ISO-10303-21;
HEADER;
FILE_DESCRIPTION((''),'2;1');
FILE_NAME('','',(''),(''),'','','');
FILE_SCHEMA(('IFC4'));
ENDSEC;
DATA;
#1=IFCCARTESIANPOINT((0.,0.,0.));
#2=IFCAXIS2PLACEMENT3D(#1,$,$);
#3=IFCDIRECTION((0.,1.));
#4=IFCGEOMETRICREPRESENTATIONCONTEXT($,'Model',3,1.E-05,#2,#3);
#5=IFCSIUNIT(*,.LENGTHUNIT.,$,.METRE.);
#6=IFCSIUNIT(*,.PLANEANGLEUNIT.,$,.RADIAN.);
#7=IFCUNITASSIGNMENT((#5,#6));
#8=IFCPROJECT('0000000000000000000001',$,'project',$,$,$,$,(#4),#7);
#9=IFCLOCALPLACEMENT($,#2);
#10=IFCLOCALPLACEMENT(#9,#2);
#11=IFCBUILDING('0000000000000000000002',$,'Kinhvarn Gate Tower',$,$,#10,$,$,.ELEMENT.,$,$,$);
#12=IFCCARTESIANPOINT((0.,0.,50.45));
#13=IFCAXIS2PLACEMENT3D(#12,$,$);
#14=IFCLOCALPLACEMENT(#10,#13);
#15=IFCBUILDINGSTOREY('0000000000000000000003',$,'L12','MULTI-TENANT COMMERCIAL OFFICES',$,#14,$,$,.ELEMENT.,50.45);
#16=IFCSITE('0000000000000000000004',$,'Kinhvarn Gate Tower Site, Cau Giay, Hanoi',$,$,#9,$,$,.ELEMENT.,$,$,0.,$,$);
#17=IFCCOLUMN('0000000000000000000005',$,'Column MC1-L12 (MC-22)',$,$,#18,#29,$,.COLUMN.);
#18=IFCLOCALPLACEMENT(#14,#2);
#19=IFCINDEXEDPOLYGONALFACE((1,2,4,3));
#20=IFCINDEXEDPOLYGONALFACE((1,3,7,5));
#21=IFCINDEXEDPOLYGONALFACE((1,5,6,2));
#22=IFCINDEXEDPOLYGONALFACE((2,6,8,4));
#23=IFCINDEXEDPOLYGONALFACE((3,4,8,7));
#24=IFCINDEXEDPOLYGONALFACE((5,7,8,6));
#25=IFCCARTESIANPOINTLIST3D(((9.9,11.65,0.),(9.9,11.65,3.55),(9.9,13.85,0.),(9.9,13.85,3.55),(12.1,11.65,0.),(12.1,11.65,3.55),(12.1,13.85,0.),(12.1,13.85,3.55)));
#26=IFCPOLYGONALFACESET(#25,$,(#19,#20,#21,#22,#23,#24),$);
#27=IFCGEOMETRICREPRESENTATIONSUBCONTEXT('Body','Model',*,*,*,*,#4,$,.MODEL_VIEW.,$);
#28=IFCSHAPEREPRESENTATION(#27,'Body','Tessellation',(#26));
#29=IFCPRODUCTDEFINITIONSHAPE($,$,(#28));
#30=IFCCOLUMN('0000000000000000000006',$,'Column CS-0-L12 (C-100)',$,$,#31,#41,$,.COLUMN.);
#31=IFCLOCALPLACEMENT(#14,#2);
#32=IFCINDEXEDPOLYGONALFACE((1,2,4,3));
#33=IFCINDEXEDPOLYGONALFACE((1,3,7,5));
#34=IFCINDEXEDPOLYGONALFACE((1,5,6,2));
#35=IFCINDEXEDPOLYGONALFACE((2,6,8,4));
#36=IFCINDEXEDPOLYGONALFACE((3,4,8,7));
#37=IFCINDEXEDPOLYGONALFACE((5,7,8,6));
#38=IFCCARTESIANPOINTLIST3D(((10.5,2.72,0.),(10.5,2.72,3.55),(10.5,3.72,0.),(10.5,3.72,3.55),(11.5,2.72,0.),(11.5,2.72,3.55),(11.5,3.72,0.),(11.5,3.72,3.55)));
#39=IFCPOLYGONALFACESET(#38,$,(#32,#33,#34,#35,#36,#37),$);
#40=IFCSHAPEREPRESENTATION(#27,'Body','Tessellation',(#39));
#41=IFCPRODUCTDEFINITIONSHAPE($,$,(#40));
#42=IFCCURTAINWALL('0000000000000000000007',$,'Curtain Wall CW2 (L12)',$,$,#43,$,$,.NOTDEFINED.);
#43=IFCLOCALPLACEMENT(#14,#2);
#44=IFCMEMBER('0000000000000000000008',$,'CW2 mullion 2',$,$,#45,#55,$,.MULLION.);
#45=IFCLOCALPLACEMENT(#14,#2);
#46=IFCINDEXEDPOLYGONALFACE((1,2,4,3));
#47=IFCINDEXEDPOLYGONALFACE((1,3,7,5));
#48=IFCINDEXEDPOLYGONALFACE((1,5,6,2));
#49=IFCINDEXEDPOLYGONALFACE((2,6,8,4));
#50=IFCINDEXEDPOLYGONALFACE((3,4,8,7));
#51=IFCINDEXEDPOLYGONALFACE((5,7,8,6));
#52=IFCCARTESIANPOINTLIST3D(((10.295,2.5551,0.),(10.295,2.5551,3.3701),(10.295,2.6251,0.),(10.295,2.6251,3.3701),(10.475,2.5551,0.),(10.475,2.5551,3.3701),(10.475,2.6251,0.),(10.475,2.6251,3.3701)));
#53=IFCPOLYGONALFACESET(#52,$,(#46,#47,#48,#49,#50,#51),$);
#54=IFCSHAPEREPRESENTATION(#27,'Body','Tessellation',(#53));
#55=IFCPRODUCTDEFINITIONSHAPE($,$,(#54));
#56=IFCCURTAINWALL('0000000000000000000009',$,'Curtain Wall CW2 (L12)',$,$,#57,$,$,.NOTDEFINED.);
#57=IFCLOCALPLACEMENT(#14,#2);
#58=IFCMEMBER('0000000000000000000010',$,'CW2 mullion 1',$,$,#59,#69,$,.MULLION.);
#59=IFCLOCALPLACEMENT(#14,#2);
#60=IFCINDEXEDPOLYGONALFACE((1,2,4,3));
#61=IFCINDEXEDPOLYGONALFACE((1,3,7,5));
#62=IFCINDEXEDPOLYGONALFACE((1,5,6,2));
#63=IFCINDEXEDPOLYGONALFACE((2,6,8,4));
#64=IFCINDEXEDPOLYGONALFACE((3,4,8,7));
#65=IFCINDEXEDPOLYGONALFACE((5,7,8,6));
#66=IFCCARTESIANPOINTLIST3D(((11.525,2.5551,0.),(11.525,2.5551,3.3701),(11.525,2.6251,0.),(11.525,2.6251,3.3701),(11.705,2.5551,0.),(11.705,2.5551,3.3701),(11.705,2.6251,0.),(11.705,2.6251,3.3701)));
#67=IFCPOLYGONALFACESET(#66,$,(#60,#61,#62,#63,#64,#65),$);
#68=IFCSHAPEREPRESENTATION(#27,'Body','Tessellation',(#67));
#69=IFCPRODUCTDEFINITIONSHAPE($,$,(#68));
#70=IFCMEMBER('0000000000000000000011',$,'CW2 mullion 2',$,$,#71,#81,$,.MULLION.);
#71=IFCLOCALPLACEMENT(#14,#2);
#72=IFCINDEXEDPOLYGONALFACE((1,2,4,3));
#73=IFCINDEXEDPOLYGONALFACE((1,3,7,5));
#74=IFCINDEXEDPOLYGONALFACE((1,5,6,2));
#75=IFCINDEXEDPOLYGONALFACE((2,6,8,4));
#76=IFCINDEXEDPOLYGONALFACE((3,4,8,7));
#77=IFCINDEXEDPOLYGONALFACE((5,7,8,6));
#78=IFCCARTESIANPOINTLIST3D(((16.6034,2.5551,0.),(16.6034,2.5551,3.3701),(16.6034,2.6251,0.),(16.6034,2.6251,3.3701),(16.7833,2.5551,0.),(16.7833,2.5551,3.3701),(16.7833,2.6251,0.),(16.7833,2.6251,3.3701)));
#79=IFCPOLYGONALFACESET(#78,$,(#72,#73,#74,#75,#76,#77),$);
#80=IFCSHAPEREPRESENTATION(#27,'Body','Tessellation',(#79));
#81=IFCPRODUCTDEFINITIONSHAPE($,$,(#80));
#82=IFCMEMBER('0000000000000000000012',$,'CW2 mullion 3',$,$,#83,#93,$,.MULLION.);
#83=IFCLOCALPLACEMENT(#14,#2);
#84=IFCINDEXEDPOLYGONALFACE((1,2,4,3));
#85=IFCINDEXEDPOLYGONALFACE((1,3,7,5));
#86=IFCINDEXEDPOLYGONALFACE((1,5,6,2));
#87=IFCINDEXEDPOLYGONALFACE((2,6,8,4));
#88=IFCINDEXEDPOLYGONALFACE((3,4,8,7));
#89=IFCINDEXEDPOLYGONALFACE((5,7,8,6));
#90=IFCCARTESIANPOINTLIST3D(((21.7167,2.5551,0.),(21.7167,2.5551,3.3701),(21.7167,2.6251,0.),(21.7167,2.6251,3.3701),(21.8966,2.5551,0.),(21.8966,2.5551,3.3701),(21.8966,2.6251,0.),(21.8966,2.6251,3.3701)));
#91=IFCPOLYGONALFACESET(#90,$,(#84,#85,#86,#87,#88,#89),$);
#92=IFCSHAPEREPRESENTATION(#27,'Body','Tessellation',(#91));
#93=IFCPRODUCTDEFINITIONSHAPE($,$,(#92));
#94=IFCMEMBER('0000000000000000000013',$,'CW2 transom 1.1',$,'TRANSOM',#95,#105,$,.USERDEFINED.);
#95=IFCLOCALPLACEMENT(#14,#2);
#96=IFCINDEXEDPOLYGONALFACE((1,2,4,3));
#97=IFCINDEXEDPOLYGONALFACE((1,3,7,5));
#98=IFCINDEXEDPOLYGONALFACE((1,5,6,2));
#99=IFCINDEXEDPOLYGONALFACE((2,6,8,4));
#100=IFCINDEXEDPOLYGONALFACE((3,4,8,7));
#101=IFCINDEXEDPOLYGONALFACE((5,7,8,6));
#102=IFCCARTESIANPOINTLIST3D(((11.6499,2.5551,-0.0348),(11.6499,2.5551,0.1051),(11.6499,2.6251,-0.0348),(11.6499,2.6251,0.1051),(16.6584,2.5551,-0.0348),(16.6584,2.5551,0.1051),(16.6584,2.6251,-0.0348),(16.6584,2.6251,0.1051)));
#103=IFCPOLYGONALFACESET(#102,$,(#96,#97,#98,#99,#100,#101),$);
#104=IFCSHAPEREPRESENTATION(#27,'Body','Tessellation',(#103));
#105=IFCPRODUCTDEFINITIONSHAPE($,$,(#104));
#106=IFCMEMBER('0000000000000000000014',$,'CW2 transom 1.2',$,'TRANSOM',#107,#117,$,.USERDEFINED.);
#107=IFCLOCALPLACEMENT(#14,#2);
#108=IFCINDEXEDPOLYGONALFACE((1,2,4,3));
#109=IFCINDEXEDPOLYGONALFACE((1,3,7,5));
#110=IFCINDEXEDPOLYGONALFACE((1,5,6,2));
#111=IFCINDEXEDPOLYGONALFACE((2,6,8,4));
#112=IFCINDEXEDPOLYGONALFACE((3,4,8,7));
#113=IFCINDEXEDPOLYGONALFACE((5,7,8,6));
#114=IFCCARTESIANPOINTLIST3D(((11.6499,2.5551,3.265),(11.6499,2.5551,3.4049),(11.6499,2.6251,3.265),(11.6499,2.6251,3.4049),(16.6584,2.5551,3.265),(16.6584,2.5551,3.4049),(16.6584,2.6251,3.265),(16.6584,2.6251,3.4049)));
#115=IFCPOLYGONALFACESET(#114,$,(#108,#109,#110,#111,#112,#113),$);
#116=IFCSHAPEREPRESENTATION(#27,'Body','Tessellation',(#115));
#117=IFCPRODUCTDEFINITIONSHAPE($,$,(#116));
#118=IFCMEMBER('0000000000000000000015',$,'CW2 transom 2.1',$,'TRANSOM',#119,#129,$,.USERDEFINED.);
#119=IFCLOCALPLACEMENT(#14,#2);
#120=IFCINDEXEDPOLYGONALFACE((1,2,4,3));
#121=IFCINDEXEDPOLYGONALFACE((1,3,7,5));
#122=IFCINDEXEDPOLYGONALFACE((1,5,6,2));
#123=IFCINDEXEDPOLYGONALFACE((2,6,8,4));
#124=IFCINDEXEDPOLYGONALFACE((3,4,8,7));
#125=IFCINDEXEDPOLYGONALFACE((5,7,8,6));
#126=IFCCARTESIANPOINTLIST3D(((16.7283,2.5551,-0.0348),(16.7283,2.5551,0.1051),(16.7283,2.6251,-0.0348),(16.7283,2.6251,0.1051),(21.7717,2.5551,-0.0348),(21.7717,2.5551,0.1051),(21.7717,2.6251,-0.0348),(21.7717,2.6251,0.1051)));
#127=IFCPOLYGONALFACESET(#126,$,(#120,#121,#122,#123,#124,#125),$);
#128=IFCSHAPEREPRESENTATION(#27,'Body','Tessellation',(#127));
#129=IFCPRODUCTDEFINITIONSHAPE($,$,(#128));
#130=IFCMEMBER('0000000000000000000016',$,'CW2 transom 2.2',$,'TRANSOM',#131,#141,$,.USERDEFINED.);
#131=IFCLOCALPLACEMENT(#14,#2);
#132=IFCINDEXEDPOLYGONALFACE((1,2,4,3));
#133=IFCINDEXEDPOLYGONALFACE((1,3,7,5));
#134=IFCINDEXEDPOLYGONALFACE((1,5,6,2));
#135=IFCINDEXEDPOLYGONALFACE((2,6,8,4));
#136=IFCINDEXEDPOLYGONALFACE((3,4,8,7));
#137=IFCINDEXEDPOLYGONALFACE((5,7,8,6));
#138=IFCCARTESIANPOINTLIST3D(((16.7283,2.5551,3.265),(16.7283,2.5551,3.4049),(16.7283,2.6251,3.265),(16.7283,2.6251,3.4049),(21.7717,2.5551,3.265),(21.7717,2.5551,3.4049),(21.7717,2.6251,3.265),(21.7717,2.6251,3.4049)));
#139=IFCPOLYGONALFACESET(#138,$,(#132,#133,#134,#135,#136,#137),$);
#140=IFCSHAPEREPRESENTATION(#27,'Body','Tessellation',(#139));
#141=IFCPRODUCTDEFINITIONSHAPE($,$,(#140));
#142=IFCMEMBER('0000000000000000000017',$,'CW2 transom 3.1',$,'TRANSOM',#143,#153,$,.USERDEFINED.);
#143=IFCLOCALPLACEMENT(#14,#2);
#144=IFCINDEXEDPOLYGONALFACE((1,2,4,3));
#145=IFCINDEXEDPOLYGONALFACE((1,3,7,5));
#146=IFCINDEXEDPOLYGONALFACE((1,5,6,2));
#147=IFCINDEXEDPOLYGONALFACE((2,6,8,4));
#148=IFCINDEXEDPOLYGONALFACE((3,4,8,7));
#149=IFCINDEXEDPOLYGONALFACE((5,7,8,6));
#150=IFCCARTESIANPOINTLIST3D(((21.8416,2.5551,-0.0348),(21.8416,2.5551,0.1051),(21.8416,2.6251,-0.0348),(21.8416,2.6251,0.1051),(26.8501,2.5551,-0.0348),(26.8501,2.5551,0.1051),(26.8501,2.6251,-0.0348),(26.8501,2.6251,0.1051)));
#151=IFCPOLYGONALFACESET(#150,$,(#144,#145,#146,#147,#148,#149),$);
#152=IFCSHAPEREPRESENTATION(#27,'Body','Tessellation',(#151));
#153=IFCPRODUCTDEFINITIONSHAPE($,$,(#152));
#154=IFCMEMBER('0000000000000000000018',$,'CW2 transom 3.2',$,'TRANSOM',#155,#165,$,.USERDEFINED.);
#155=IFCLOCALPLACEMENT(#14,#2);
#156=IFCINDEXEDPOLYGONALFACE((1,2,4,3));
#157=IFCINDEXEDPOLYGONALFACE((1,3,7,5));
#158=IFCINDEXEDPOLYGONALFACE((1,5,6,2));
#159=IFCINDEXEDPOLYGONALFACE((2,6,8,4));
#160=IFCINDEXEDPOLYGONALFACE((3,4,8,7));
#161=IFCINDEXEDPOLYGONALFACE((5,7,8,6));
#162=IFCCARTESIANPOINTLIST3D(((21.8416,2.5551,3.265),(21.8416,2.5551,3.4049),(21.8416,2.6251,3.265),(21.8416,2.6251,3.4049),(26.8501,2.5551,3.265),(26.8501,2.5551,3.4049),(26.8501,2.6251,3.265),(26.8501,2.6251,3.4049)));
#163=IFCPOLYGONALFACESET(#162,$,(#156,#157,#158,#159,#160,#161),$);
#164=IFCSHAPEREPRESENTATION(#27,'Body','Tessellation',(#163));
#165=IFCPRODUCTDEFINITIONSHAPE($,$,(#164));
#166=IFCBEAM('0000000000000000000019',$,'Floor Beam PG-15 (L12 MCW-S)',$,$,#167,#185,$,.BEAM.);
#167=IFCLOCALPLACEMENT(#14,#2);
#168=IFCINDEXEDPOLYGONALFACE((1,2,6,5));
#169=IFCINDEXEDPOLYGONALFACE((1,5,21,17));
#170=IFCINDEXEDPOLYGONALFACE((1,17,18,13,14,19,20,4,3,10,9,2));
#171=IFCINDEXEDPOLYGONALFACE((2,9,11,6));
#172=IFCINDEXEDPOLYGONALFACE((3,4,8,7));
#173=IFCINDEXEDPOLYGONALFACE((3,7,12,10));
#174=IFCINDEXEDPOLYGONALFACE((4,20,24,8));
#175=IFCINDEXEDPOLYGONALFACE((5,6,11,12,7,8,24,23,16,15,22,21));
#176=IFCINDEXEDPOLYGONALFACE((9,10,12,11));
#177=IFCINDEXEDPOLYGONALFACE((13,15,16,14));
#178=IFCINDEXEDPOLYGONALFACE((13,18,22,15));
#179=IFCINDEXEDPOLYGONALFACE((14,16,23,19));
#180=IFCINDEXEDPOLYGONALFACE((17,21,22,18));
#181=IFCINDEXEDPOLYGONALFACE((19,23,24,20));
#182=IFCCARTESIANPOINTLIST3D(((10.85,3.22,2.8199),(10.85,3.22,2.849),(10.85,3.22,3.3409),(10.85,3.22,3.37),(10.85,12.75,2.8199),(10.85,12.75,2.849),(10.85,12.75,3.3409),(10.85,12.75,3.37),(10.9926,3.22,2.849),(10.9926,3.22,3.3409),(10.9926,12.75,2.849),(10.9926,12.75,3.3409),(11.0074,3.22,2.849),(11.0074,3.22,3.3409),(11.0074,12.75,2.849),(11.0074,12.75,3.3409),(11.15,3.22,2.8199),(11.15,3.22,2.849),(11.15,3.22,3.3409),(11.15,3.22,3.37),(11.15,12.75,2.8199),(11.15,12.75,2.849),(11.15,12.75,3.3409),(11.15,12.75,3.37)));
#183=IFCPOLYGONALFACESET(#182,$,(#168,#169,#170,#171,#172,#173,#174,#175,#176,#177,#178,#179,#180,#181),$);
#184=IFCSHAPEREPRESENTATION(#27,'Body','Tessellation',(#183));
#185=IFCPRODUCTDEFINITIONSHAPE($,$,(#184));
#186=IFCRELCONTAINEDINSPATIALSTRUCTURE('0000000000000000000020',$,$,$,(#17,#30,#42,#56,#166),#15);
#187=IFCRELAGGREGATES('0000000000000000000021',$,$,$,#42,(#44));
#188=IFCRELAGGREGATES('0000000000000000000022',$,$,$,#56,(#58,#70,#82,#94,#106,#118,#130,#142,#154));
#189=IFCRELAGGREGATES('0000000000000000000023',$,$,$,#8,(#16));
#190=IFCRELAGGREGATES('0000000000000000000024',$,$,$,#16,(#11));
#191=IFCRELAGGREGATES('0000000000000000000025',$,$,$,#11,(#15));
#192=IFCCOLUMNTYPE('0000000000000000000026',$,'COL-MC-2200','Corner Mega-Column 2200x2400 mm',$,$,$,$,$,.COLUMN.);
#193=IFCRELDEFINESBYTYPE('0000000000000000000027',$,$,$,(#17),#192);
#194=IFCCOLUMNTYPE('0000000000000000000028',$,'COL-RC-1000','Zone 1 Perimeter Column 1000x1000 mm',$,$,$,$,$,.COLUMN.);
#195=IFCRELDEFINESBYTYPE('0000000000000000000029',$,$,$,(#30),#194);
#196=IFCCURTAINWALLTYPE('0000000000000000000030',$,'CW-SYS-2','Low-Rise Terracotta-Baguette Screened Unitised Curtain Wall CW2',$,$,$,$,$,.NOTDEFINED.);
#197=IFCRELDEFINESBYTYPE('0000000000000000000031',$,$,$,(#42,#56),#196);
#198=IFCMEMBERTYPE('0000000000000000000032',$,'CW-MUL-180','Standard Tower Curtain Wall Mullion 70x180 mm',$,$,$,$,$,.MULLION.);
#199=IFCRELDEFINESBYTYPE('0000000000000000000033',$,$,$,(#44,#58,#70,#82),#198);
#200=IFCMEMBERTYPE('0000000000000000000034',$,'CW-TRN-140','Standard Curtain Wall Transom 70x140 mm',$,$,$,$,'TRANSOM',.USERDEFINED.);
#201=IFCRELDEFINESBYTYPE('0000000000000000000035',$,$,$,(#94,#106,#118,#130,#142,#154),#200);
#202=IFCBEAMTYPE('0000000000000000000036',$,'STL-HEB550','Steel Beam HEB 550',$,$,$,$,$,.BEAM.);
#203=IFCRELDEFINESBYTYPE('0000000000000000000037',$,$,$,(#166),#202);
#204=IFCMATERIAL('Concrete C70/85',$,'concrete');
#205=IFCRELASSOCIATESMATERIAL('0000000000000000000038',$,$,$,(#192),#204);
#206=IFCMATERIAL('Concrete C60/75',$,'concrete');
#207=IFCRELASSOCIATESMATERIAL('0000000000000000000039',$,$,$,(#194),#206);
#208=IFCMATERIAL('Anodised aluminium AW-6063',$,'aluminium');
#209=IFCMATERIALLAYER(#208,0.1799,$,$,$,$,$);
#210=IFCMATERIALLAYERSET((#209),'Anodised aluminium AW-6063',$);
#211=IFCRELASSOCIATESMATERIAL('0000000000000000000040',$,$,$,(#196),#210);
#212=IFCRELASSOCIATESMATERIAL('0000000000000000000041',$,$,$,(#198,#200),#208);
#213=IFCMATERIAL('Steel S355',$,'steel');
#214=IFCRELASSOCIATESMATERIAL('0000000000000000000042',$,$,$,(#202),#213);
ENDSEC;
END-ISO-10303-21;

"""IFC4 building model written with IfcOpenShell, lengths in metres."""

from ifc_helpers import new_model, si_unit, direction, frame, origin, origin_2d, place, context, subcontext, project, spatial, rectangle, i_section, extrude, material, layer, layer_set, material_profile, profile_set, type_object, element, aggregate, save


model = new_model("IFC4")

# Units and contexts
model_context = context("Model", 3, precision=1e-05, world=origin(), true_north=direction((0.0, 1.0)))
body_context = subcontext(model_context, "Body", "Model", "MODEL_VIEW")
ifc_project = project(units=[si_unit("LENGTHUNIT", "METRE"), si_unit("PLANEANGLEUNIT", "RADIAN")], contexts=[model_context])

# Site, building, storey
site_placement = place(None, origin())
site = spatial("IfcSite", under=ifc_project, at=site_placement, Name="Kinhvarn Gate Tower Site, Cau Giay, Hanoi", CompositionType="ELEMENT", RefElevation=0.0)
building_placement = place(site_placement, origin())
building = spatial("IfcBuilding", under=site, at=building_placement, Name="Kinhvarn Gate Tower", CompositionType="ELEMENT")
storey_placement = place(building_placement, frame((0.0, 0.0, 50.45)))
storey = spatial("IfcBuildingStorey", under=building, at=storey_placement, Name="L12", Description="MULTI-TENANT COMMERCIAL OFFICES", CompositionType="ELEMENT", Elevation=50.45)

# Columns
ifc_material_1 = material(Name="Concrete C70/85", Category="concrete")
ifc_material_profile_1 = material_profile(ifc_material_1, rectangle(XDim=2.2, YDim=2.2, at=origin_2d()), Name="RC 2200x2200")
ifc_profile_set_1 = profile_set([ifc_material_profile_1], Name="Concrete C70/85")
column_type_1 = type_object("IfcColumnType", Name="COL-MC-2200", Description="Corner Mega-Column 2200x2400 mm", PredefinedType="COLUMN", material=ifc_profile_set_1)
column_1_placement = place(storey_placement, frame((11.0, 12.75, 0.0), z_axis=(0.0, 0.0, 1.0), x_axis=(1.0, 0.0, 0.0)))
element("IfcColumn", 1, at=column_1_placement, inside=storey, type_object=column_type_1, Name="Column MC1-L12 (MC-22)", PredefinedType="COLUMN", context=body_context, shape_type="SweptSolid", body=[
    extrude(rectangle(XDim=2.2, YDim=2.2, at=origin_2d()), origin(), (0.0, 0.0, 1.0), 3.55),
])
ifc_material_2 = material(Name="Concrete C60/75", Category="concrete")
ifc_material_profile_2 = material_profile(ifc_material_2, rectangle(XDim=1.0, YDim=1.0, at=origin_2d()), Name="RC 1000x1000")
ifc_profile_set_2 = profile_set([ifc_material_profile_2], Name="Concrete C60/75")
column_type_2 = type_object("IfcColumnType", Name="COL-RC-1000", Description="Zone 1 Perimeter Column 1000x1000 mm", PredefinedType="COLUMN", material=ifc_profile_set_2)
column_2_placement = place(storey_placement, frame((11.0, 3.22, 0.0), z_axis=(0.0, 0.0, 1.0), x_axis=(1.0, 0.0, 0.0)))
element("IfcColumn", 2, at=column_2_placement, inside=storey, type_object=column_type_2, Name="Column CS-0-L12 (C-100)", PredefinedType="COLUMN", context=body_context, shape_type="SweptSolid", body=[
    extrude(rectangle(XDim=1.0, YDim=1.0, at=origin_2d()), origin(), (0.0, 0.0, 1.0), 3.55),
])

# Curtain wall, member
ifc_material_3 = material(Name="Anodised aluminium AW-6063", Category="aluminium")
ifc_layer_1 = layer(ifc_material_3, 0.1799)
ifc_layer_set_1 = layer_set([ifc_layer_1], Name="Anodised aluminium AW-6063")
curtain_wall_type = type_object("IfcCurtainWallType", Name="CW-SYS-2", Description="Low-Rise Terracotta-Baguette Screened Unitised Curtain Wall CW2", PredefinedType="NOTDEFINED", material=ifc_layer_set_1)
curtain_wall_1_placement = place(storey_placement, origin())
curtain_wall_1 = element("IfcCurtainWall", 3, at=curtain_wall_1_placement, inside=storey, type_object=curtain_wall_type, Name="Curtain Wall CW2 (L12)", PredefinedType="NOTDEFINED")
ifc_material_profile_3 = material_profile(ifc_material_3, rectangle(XDim=0.0701, YDim=0.1799, at=origin_2d()), Name="ALU 70x180")
ifc_profile_set_3 = profile_set([ifc_material_profile_3], Name="Anodised aluminium AW-6063")
member_type_1 = type_object("IfcMemberType", Name="CW-MUL-180", Description="Standard Tower Curtain Wall Mullion 70x180 mm", PredefinedType="MULLION", material=ifc_profile_set_3)
member_1_placement = place(storey_placement, frame((10.385, 2.5901, 0.0), z_axis=(0.0, 0.0, 1.0), x_axis=(0.0, 1.0, 0.0)))
member_1 = element("IfcMember", 4, at=member_1_placement, type_object=member_type_1, Name="CW2 mullion 2", PredefinedType="MULLION", context=body_context, shape_type="SweptSolid", body=[
    extrude(rectangle(XDim=0.0701, YDim=0.1799, at=origin_2d()), origin(), (0.0, 0.0, 1.0), 3.3701),
])
aggregate(curtain_wall_1, [member_1])

# Curtain wall, members
curtain_wall_2_placement = place(storey_placement, origin())
curtain_wall_2 = element("IfcCurtainWall", 5, at=curtain_wall_2_placement, inside=storey, type_object=curtain_wall_type, Name="Curtain Wall CW2 (L12)", PredefinedType="NOTDEFINED")
member_2_placement = place(storey_placement, frame((11.615, 2.5901, 0.0), z_axis=(0.0, 0.0, 1.0), x_axis=(0.0, 1.0, 0.0)))
member_2 = element("IfcMember", 6, at=member_2_placement, type_object=member_type_1, Name="CW2 mullion 1", PredefinedType="MULLION", context=body_context, shape_type="SweptSolid", body=[
    extrude(rectangle(XDim=0.0701, YDim=0.1799, at=origin_2d()), origin(), (0.0, 0.0, 1.0), 3.3701),
])
member_3_placement = place(storey_placement, frame((16.6934, 2.5901, 0.0), z_axis=(0.0, 0.0, 1.0), x_axis=(0.0, 1.0, 0.0)))
member_3 = element("IfcMember", 7, at=member_3_placement, type_object=member_type_1, Name="CW2 mullion 2", PredefinedType="MULLION", context=body_context, shape_type="SweptSolid", body=[
    extrude(rectangle(XDim=0.0701, YDim=0.1799, at=origin_2d()), origin(), (0.0, 0.0, 1.0), 3.3701),
])
member_4_placement = place(storey_placement, frame((21.8066, 2.5901, 0.0), z_axis=(0.0, 0.0, 1.0), x_axis=(0.0, 1.0, 0.0)))
member_4 = element("IfcMember", 8, at=member_4_placement, type_object=member_type_1, Name="CW2 mullion 3", PredefinedType="MULLION", context=body_context, shape_type="SweptSolid", body=[
    extrude(rectangle(XDim=0.0701, YDim=0.1799, at=origin_2d()), origin(), (0.0, 0.0, 1.0), 3.3701),
])
ifc_material_profile_4 = material_profile(ifc_material_3, rectangle(XDim=0.0701, YDim=0.1399, at=origin_2d()), Name="ALU 70x140")
ifc_profile_set_4 = profile_set([ifc_material_profile_4], Name="Anodised aluminium AW-6063")
member_type_2 = type_object("IfcMemberType", Name="CW-TRN-140", Description="Standard Curtain Wall Transom 70x140 mm", ElementType="TRANSOM", PredefinedType="USERDEFINED", material=ifc_profile_set_4)
member_5_placement = place(storey_placement, frame((11.6499, 2.5901, 0.0352), z_axis=(1.0, 0.0, 0.0), x_axis=(0.0, 1.0, 0.0)))
member_5 = element("IfcMember", 9, at=member_5_placement, type_object=member_type_2, Name="CW2 transom 1.1", ObjectType="TRANSOM", PredefinedType="USERDEFINED", context=body_context, shape_type="SweptSolid", body=[
    extrude(rectangle(XDim=0.0701, YDim=0.1399, at=origin_2d()), origin(), (0.0, 0.0, 1.0), 5.0085),
])
member_6_placement = place(storey_placement, frame((11.6499, 2.5901, 3.335), z_axis=(1.0, 0.0, 0.0), x_axis=(0.0, 1.0, 0.0)))
member_6 = element("IfcMember", 10, at=member_6_placement, type_object=member_type_2, Name="CW2 transom 1.2", ObjectType="TRANSOM", PredefinedType="USERDEFINED", context=body_context, shape_type="SweptSolid", body=[
    extrude(rectangle(XDim=0.0701, YDim=0.1399, at=origin_2d()), origin(), (0.0, 0.0, 1.0), 5.0085),
])
member_7_placement = place(storey_placement, frame((16.7283, 2.5901, 0.0352), z_axis=(1.0, 0.0, 0.0), x_axis=(0.0, 1.0, 0.0)))
member_7 = element("IfcMember", 11, at=member_7_placement, type_object=member_type_2, Name="CW2 transom 2.1", ObjectType="TRANSOM", PredefinedType="USERDEFINED", context=body_context, shape_type="SweptSolid", body=[
    extrude(rectangle(XDim=0.0701, YDim=0.1399, at=origin_2d()), origin(), (0.0, 0.0, 1.0), 5.0435),
])
member_8_placement = place(storey_placement, frame((16.7283, 2.5901, 3.335), z_axis=(1.0, 0.0, 0.0), x_axis=(0.0, 1.0, 0.0)))
member_8 = element("IfcMember", 12, at=member_8_placement, type_object=member_type_2, Name="CW2 transom 2.2", ObjectType="TRANSOM", PredefinedType="USERDEFINED", context=body_context, shape_type="SweptSolid", body=[
    extrude(rectangle(XDim=0.0701, YDim=0.1399, at=origin_2d()), origin(), (0.0, 0.0, 1.0), 5.0435),
])
member_9_placement = place(storey_placement, frame((21.8416, 2.5901, 0.0352), z_axis=(1.0, 0.0, 0.0), x_axis=(0.0, 1.0, 0.0)))
member_9 = element("IfcMember", 13, at=member_9_placement, type_object=member_type_2, Name="CW2 transom 3.1", ObjectType="TRANSOM", PredefinedType="USERDEFINED", context=body_context, shape_type="SweptSolid", body=[
    extrude(rectangle(XDim=0.0701, YDim=0.1399, at=origin_2d()), origin(), (0.0, 0.0, 1.0), 5.0085),
])
member_10_placement = place(storey_placement, frame((21.8416, 2.5901, 3.335), z_axis=(1.0, 0.0, 0.0), x_axis=(0.0, 1.0, 0.0)))
member_10 = element("IfcMember", 14, at=member_10_placement, type_object=member_type_2, Name="CW2 transom 3.2", ObjectType="TRANSOM", PredefinedType="USERDEFINED", context=body_context, shape_type="SweptSolid", body=[
    extrude(rectangle(XDim=0.0701, YDim=0.1399, at=origin_2d()), origin(), (0.0, 0.0, 1.0), 5.0085),
])

# Beam
ifc_material_4 = material(Name="Steel S355", Category="steel")
ifc_material_profile_5 = material_profile(ifc_material_4, i_section(OverallWidth=0.3, OverallDepth=0.55, WebThickness=0.0149, FlangeThickness=0.0291, at=origin_2d()), Name="HEB 550")
ifc_profile_set_5 = profile_set([ifc_material_profile_5], Name="Steel S355")
beam_type_1 = type_object("IfcBeamType", Name="STL-HEB550", Description="Steel Beam HEB 550", PredefinedType="BEAM", material=ifc_profile_set_5)
beam_1_placement = place(storey_placement, frame((11.0, 3.22, 3.095), z_axis=(0.0, 1.0, 0.0), x_axis=(-1.0, 0.0, 0.0)))
element("IfcBeam", 15, at=beam_1_placement, inside=storey, type_object=beam_type_1, Name="Floor Beam PG-15 (L12 MCW-S)", PredefinedType="BEAM", context=body_context, shape_type="SweptSolid", body=[
    extrude(i_section(OverallWidth=0.3, OverallDepth=0.55, WebThickness=0.0149, FlangeThickness=0.0291, at=origin_2d()), origin(), (0.0, 0.0, 1.0), 9.53),
])

aggregate(curtain_wall_2, [member_2, member_3, member_4, member_5, member_6, member_7, member_8, member_9, member_10])

save(model, "model.ifc")
